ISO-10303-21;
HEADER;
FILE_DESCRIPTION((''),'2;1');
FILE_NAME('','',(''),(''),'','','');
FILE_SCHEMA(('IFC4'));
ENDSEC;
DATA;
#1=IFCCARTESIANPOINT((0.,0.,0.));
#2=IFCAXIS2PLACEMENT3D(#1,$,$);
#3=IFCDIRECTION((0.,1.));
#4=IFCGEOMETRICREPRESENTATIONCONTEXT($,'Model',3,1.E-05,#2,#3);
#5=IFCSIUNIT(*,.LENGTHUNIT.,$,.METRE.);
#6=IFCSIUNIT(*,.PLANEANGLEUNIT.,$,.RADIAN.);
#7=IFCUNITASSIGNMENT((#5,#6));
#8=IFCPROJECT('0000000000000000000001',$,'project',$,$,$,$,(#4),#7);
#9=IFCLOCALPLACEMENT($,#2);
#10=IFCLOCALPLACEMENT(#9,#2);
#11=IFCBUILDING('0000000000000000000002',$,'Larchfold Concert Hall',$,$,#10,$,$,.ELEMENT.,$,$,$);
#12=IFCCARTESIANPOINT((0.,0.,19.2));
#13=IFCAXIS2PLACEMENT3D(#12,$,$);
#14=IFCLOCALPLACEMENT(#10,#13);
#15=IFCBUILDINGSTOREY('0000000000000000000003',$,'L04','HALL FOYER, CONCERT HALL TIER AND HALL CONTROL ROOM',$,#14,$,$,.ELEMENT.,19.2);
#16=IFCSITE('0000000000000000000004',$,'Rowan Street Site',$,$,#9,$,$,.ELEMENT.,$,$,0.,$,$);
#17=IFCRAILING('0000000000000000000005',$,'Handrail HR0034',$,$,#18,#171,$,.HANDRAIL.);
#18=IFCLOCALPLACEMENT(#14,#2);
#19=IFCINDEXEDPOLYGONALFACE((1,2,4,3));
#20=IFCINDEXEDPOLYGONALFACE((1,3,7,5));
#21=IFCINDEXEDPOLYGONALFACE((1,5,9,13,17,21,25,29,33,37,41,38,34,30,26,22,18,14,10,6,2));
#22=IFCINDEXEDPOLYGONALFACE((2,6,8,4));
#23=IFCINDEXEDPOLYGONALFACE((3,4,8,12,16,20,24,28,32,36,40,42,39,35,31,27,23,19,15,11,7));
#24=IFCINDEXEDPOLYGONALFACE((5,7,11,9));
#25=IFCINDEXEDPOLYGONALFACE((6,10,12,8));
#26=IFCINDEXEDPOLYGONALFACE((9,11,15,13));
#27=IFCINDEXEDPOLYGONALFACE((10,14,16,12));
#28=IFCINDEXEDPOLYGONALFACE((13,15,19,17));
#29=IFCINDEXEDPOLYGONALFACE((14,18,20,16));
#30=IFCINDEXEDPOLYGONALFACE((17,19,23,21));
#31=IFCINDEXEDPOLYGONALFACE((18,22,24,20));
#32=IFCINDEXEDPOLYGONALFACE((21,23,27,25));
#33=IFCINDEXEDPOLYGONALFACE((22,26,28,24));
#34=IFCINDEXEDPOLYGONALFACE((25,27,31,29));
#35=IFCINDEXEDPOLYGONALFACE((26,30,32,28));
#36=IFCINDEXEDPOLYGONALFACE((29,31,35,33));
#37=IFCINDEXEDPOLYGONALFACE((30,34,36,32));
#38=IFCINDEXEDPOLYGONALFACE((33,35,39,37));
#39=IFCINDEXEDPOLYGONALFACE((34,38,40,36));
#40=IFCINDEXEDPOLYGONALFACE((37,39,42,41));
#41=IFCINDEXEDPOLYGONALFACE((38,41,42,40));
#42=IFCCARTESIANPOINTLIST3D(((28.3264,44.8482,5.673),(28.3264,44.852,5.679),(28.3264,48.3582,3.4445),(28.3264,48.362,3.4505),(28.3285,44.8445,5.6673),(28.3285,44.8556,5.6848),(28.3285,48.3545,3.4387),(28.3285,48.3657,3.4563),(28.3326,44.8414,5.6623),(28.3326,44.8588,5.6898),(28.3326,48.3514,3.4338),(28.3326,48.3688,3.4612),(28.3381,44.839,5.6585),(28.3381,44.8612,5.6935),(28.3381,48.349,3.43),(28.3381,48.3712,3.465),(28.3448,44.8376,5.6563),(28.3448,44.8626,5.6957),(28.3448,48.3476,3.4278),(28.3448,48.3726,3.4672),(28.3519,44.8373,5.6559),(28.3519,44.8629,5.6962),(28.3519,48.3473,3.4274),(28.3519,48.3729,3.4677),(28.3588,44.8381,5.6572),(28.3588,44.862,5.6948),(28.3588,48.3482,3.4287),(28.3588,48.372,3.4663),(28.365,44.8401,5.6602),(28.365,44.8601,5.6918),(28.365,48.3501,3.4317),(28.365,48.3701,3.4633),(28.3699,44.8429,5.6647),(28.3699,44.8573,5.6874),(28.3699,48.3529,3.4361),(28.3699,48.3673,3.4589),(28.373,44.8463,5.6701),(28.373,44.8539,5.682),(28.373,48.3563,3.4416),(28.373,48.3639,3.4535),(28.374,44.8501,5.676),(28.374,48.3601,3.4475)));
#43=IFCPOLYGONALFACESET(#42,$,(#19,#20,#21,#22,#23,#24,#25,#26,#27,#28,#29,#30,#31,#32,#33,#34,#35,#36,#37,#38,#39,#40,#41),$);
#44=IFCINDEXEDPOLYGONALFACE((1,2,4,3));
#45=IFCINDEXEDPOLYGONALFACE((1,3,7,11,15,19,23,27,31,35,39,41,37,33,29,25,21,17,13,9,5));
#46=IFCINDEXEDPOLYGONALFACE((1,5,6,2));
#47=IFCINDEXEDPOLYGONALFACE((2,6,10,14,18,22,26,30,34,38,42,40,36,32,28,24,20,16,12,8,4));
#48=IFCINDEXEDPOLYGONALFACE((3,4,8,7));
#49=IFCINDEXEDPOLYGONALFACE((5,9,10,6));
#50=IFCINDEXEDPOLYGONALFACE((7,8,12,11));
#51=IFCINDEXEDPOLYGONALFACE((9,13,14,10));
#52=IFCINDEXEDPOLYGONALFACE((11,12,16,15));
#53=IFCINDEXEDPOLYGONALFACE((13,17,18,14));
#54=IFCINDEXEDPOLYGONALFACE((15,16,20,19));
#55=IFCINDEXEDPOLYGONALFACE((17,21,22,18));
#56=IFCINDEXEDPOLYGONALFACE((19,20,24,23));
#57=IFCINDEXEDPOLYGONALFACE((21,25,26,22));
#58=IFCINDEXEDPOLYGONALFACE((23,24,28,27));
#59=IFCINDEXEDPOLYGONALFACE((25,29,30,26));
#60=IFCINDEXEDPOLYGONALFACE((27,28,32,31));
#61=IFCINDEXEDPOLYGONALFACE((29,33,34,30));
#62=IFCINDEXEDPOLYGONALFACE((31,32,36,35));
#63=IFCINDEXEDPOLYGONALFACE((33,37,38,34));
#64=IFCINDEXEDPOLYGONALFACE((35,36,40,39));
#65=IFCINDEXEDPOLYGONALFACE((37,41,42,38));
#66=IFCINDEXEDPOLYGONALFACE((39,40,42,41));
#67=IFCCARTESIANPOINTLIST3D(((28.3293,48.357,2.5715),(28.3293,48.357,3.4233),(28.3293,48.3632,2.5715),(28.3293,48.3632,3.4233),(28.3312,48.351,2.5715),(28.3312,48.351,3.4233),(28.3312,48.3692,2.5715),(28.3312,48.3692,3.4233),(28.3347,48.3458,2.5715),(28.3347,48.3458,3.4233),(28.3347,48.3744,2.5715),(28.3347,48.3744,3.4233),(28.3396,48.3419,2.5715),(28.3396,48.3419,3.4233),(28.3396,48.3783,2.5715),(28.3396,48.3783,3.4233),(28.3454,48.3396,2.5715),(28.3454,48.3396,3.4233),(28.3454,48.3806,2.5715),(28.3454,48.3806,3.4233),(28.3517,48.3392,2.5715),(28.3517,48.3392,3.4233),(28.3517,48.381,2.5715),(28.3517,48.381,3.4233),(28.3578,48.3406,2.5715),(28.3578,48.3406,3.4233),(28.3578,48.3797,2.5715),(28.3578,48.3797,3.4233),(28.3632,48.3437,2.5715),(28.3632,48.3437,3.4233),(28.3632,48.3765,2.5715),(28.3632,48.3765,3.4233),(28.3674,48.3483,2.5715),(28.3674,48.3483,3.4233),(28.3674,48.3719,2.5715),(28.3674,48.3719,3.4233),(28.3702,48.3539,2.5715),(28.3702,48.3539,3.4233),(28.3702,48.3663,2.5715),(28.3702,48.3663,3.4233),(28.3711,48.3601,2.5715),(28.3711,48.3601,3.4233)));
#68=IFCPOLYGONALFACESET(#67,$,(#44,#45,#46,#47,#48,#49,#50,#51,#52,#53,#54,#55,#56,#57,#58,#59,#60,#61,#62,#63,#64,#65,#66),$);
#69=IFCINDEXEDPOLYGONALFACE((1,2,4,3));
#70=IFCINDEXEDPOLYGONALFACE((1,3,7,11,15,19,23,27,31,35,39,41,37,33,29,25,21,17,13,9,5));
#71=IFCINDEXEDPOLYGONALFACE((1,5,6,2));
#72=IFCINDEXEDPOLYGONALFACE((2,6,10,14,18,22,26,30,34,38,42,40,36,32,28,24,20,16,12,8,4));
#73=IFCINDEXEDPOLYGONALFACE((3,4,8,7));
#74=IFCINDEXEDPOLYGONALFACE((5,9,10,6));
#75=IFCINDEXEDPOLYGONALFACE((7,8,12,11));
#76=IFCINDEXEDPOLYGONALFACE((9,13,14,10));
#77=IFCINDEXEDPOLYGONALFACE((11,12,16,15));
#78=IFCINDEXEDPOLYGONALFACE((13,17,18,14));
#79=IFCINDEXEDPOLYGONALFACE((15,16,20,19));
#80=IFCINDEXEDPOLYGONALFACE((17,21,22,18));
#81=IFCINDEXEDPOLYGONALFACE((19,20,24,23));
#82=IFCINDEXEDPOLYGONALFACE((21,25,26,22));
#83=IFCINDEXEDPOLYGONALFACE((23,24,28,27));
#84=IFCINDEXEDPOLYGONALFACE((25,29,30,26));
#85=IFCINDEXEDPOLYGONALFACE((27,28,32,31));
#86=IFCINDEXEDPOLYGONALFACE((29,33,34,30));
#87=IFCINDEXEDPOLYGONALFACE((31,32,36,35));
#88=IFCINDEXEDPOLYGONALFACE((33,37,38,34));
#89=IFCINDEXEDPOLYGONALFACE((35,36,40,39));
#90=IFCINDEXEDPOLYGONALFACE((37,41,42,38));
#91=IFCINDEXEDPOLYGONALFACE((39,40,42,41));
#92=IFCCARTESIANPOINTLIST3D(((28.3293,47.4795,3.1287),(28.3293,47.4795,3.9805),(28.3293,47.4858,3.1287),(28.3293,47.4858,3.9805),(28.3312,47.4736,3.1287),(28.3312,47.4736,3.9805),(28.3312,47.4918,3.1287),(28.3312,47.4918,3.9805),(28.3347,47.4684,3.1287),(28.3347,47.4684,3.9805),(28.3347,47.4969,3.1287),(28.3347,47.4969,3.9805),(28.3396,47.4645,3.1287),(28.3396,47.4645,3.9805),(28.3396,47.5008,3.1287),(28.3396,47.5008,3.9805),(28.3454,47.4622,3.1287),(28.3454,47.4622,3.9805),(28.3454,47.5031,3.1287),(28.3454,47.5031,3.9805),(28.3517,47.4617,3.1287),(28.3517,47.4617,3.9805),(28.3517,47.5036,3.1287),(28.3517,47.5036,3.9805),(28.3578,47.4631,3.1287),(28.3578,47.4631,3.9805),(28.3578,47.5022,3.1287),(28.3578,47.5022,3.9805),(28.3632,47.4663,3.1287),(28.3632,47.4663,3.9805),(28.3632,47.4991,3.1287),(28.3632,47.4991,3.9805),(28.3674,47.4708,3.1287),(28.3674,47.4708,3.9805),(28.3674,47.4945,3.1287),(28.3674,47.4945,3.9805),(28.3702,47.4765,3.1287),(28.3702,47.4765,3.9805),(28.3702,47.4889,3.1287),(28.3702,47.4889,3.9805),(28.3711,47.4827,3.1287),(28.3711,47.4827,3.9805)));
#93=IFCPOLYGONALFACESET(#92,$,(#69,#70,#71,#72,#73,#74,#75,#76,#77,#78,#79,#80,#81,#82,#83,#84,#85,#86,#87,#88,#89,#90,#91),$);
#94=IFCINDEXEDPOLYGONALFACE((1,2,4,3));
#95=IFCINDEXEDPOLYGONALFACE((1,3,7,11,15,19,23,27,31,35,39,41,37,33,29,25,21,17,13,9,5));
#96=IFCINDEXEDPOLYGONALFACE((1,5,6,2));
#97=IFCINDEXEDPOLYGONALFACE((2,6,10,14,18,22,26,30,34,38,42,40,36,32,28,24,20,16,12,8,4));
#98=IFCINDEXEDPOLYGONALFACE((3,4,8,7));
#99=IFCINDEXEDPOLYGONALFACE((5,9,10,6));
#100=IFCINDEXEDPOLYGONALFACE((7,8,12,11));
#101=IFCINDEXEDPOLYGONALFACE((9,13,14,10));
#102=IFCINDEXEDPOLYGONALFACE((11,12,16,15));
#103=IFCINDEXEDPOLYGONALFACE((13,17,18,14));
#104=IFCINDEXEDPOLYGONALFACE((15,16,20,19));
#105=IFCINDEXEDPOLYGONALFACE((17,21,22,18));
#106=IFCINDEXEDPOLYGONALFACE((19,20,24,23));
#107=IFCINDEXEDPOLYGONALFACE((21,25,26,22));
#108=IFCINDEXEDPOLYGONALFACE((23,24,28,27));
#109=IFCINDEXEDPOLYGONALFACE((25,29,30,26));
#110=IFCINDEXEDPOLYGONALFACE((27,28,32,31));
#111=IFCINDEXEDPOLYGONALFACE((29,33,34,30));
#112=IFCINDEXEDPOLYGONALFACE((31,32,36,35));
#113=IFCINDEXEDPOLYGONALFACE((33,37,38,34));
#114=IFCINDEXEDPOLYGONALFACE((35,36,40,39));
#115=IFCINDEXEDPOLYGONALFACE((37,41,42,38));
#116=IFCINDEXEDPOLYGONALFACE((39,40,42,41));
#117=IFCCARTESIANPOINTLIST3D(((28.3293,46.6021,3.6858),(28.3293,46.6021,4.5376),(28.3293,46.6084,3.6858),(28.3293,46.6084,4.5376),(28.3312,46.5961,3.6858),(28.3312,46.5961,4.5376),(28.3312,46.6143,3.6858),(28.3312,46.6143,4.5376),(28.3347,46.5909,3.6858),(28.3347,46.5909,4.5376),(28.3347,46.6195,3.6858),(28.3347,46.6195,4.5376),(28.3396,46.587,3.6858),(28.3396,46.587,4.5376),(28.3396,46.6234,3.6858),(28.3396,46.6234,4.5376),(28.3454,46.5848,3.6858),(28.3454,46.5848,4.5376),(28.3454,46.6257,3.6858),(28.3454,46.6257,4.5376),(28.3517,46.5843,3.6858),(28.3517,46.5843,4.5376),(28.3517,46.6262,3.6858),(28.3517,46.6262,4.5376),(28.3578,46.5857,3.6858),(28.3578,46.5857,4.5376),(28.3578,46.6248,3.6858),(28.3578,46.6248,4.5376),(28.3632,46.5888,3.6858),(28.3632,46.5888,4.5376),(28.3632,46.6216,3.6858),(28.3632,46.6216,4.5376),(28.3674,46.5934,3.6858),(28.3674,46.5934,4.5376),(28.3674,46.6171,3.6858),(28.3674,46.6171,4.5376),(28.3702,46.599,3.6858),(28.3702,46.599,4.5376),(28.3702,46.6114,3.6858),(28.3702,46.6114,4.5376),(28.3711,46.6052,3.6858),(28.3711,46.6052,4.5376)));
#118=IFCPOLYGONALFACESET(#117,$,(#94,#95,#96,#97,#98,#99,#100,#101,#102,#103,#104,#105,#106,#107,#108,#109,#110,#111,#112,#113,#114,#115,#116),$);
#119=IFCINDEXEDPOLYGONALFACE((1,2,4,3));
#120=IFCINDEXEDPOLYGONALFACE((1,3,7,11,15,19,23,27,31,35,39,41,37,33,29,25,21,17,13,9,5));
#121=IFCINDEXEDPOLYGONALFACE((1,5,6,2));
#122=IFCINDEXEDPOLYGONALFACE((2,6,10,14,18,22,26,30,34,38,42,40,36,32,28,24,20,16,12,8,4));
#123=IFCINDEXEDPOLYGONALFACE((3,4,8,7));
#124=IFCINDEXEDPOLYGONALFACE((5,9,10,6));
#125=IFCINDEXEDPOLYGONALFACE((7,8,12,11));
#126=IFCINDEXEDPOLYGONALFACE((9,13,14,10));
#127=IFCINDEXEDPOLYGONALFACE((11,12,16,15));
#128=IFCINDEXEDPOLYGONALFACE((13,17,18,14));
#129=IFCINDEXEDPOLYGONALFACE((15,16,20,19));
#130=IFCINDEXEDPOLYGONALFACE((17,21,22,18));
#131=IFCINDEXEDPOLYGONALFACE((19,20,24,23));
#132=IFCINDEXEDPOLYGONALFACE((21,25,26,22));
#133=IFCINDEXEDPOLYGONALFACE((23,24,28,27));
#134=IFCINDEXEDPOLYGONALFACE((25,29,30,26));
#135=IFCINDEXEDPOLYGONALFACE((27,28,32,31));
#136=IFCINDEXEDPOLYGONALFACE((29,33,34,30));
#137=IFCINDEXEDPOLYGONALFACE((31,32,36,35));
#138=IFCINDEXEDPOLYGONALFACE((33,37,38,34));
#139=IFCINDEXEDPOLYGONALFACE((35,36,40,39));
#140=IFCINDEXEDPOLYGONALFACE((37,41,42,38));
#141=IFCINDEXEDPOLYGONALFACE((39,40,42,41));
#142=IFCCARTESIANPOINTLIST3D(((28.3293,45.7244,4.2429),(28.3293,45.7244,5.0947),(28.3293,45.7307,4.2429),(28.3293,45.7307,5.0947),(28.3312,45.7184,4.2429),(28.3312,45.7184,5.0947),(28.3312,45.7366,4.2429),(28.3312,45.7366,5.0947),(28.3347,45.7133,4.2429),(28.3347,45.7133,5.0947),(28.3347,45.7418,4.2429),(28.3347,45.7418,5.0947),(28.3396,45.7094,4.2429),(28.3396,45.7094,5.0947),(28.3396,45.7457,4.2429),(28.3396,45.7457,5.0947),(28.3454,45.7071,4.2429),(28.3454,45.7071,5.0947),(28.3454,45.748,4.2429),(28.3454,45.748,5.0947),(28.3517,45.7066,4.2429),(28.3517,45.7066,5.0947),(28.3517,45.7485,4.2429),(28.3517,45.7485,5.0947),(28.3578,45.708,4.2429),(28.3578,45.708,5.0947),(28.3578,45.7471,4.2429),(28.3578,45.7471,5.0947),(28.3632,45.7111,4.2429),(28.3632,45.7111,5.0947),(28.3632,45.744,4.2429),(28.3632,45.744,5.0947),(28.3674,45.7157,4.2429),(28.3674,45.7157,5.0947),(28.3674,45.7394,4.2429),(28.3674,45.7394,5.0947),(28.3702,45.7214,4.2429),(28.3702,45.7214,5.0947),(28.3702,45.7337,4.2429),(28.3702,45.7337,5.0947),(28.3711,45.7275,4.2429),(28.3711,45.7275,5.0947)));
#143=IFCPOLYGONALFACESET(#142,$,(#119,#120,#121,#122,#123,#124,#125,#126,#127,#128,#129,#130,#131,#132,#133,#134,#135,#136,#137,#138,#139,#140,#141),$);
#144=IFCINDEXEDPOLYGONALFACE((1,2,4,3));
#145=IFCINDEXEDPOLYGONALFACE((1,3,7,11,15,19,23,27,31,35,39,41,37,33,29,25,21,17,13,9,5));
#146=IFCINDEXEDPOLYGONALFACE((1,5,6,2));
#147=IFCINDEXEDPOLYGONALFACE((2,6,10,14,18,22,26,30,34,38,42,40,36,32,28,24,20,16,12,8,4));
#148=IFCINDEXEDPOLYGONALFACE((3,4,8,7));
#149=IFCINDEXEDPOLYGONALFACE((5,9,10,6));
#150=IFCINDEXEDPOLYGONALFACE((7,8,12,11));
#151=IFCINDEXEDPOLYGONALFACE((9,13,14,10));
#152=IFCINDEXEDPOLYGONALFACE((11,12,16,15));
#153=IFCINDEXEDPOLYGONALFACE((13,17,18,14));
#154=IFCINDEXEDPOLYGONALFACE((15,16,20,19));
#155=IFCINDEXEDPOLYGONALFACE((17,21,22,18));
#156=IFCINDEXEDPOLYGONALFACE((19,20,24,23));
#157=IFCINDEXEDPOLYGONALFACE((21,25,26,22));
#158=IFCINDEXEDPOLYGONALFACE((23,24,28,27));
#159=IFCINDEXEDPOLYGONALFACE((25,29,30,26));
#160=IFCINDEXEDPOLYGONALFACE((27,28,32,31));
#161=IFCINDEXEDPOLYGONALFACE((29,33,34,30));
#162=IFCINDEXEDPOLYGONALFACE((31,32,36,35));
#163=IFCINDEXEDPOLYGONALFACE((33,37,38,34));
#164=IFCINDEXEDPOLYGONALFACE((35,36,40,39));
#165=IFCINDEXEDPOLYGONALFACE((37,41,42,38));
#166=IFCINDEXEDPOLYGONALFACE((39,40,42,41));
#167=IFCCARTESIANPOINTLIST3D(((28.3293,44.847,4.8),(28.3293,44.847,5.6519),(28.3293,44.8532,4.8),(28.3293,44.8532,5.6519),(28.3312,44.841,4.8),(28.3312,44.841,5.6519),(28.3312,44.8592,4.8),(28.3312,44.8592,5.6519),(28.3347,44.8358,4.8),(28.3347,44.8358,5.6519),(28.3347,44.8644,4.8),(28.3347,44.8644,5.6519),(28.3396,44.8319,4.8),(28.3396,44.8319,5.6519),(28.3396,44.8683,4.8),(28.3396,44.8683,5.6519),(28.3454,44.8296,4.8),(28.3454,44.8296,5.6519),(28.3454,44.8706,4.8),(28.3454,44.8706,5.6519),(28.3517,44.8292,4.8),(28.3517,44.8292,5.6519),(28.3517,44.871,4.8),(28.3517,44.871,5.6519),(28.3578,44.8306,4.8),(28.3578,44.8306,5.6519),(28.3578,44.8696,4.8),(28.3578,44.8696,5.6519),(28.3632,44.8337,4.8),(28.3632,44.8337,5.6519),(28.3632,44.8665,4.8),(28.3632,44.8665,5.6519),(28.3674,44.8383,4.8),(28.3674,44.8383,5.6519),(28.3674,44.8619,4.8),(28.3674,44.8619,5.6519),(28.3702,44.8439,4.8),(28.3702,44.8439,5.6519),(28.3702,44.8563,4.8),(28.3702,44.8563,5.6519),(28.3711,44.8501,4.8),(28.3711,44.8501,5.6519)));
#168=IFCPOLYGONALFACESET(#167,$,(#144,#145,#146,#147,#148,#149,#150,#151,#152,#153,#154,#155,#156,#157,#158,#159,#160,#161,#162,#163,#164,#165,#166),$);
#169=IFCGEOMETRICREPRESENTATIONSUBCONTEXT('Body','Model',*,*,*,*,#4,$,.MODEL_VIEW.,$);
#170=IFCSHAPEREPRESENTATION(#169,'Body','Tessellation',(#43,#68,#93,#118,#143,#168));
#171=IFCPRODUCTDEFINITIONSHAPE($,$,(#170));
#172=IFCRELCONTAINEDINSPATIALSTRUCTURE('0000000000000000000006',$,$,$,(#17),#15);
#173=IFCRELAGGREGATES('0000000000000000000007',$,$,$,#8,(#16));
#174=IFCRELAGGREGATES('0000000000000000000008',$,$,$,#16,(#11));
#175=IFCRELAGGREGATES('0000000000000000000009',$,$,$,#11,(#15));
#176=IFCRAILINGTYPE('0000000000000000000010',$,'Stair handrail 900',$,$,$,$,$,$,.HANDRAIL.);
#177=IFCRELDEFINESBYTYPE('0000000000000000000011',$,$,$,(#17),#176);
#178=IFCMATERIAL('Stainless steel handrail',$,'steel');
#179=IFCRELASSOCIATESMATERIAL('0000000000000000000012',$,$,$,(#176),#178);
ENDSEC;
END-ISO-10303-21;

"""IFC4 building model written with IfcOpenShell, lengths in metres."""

from ifc_helpers import new_model, si_unit, direction, frame, origin, origin_2d, place, context, subcontext, project, spatial, circle, extrude, material, type_object, element, save


model = new_model("IFC4")

# Units and contexts
model_context = context("Model", 3, precision=1e-05, world=origin(), true_north=direction((0.0, 1.0)))
body_context = subcontext(model_context, "Body", "Model", "MODEL_VIEW")
ifc_project = project(units=[si_unit("LENGTHUNIT", "METRE"), si_unit("PLANEANGLEUNIT", "RADIAN")], contexts=[model_context])

# Site, building, storey
site_placement = place(None, origin())
site = spatial("IfcSite", under=ifc_project, at=site_placement, Name="Rowan Street Site", CompositionType="ELEMENT", RefElevation=0.0)
building_placement = place(site_placement, origin())
building = spatial("IfcBuilding", under=site, at=building_placement, Name="Larchfold Concert Hall", CompositionType="ELEMENT")
storey_placement = place(building_placement, frame((0.0, 0.0, 19.2)))
storey = spatial("IfcBuildingStorey", under=building, at=storey_placement, Name="L04", Description="HALL FOYER, CONCERT HALL TIER AND HALL CONTROL ROOM", CompositionType="ELEMENT", Elevation=19.2)

# Railing
ifc_material_1 = material(Name="Stainless steel handrail", Category="steel")
railing_type_1 = type_object("IfcRailingType", Name="Stair handrail 900", PredefinedType="HANDRAIL", material=ifc_material_1)
railing_1_placement = place(storey_placement, frame((28.3501, 48.3601, 2.5715)))
element("IfcRailing", 1, at=railing_1_placement, inside=storey, type_object=railing_type_1, Name="Handrail HR0034", PredefinedType="HANDRAIL", context=body_context, shape_type="SweptSolid", body=[
    extrude(circle(Radius=0.0239, at=origin_2d()), frame((0.0, 0.0, 0.876), z_axis=(0.0, -0.84422, 0.535998), x_axis=(1.0, 0.0, 0.0)), (0.0, 0.0, 1.0), 4.1577),
    extrude(circle(Radius=0.021, at=origin_2d()), origin(), (0.0, 0.0, 1.0), 0.8518),
    extrude(circle(Radius=0.021, at=origin_2d()), frame((0.0, -0.8774, 0.5571)), (0.0, 0.0, 1.0), 0.8518),
    extrude(circle(Radius=0.021, at=origin_2d()), frame((0.0, -1.7549, 1.1143)), (0.0, 0.0, 1.0), 0.8518),
    extrude(circle(Radius=0.021, at=origin_2d()), frame((0.0, -2.6326, 1.6714)), (0.0, 0.0, 1.0), 0.8518),
    extrude(circle(Radius=0.021, at=origin_2d()), frame((0.0, -3.51, 2.2285)), (0.0, 0.0, 1.0), 0.8518),
])

save(model, "model.ifc")
